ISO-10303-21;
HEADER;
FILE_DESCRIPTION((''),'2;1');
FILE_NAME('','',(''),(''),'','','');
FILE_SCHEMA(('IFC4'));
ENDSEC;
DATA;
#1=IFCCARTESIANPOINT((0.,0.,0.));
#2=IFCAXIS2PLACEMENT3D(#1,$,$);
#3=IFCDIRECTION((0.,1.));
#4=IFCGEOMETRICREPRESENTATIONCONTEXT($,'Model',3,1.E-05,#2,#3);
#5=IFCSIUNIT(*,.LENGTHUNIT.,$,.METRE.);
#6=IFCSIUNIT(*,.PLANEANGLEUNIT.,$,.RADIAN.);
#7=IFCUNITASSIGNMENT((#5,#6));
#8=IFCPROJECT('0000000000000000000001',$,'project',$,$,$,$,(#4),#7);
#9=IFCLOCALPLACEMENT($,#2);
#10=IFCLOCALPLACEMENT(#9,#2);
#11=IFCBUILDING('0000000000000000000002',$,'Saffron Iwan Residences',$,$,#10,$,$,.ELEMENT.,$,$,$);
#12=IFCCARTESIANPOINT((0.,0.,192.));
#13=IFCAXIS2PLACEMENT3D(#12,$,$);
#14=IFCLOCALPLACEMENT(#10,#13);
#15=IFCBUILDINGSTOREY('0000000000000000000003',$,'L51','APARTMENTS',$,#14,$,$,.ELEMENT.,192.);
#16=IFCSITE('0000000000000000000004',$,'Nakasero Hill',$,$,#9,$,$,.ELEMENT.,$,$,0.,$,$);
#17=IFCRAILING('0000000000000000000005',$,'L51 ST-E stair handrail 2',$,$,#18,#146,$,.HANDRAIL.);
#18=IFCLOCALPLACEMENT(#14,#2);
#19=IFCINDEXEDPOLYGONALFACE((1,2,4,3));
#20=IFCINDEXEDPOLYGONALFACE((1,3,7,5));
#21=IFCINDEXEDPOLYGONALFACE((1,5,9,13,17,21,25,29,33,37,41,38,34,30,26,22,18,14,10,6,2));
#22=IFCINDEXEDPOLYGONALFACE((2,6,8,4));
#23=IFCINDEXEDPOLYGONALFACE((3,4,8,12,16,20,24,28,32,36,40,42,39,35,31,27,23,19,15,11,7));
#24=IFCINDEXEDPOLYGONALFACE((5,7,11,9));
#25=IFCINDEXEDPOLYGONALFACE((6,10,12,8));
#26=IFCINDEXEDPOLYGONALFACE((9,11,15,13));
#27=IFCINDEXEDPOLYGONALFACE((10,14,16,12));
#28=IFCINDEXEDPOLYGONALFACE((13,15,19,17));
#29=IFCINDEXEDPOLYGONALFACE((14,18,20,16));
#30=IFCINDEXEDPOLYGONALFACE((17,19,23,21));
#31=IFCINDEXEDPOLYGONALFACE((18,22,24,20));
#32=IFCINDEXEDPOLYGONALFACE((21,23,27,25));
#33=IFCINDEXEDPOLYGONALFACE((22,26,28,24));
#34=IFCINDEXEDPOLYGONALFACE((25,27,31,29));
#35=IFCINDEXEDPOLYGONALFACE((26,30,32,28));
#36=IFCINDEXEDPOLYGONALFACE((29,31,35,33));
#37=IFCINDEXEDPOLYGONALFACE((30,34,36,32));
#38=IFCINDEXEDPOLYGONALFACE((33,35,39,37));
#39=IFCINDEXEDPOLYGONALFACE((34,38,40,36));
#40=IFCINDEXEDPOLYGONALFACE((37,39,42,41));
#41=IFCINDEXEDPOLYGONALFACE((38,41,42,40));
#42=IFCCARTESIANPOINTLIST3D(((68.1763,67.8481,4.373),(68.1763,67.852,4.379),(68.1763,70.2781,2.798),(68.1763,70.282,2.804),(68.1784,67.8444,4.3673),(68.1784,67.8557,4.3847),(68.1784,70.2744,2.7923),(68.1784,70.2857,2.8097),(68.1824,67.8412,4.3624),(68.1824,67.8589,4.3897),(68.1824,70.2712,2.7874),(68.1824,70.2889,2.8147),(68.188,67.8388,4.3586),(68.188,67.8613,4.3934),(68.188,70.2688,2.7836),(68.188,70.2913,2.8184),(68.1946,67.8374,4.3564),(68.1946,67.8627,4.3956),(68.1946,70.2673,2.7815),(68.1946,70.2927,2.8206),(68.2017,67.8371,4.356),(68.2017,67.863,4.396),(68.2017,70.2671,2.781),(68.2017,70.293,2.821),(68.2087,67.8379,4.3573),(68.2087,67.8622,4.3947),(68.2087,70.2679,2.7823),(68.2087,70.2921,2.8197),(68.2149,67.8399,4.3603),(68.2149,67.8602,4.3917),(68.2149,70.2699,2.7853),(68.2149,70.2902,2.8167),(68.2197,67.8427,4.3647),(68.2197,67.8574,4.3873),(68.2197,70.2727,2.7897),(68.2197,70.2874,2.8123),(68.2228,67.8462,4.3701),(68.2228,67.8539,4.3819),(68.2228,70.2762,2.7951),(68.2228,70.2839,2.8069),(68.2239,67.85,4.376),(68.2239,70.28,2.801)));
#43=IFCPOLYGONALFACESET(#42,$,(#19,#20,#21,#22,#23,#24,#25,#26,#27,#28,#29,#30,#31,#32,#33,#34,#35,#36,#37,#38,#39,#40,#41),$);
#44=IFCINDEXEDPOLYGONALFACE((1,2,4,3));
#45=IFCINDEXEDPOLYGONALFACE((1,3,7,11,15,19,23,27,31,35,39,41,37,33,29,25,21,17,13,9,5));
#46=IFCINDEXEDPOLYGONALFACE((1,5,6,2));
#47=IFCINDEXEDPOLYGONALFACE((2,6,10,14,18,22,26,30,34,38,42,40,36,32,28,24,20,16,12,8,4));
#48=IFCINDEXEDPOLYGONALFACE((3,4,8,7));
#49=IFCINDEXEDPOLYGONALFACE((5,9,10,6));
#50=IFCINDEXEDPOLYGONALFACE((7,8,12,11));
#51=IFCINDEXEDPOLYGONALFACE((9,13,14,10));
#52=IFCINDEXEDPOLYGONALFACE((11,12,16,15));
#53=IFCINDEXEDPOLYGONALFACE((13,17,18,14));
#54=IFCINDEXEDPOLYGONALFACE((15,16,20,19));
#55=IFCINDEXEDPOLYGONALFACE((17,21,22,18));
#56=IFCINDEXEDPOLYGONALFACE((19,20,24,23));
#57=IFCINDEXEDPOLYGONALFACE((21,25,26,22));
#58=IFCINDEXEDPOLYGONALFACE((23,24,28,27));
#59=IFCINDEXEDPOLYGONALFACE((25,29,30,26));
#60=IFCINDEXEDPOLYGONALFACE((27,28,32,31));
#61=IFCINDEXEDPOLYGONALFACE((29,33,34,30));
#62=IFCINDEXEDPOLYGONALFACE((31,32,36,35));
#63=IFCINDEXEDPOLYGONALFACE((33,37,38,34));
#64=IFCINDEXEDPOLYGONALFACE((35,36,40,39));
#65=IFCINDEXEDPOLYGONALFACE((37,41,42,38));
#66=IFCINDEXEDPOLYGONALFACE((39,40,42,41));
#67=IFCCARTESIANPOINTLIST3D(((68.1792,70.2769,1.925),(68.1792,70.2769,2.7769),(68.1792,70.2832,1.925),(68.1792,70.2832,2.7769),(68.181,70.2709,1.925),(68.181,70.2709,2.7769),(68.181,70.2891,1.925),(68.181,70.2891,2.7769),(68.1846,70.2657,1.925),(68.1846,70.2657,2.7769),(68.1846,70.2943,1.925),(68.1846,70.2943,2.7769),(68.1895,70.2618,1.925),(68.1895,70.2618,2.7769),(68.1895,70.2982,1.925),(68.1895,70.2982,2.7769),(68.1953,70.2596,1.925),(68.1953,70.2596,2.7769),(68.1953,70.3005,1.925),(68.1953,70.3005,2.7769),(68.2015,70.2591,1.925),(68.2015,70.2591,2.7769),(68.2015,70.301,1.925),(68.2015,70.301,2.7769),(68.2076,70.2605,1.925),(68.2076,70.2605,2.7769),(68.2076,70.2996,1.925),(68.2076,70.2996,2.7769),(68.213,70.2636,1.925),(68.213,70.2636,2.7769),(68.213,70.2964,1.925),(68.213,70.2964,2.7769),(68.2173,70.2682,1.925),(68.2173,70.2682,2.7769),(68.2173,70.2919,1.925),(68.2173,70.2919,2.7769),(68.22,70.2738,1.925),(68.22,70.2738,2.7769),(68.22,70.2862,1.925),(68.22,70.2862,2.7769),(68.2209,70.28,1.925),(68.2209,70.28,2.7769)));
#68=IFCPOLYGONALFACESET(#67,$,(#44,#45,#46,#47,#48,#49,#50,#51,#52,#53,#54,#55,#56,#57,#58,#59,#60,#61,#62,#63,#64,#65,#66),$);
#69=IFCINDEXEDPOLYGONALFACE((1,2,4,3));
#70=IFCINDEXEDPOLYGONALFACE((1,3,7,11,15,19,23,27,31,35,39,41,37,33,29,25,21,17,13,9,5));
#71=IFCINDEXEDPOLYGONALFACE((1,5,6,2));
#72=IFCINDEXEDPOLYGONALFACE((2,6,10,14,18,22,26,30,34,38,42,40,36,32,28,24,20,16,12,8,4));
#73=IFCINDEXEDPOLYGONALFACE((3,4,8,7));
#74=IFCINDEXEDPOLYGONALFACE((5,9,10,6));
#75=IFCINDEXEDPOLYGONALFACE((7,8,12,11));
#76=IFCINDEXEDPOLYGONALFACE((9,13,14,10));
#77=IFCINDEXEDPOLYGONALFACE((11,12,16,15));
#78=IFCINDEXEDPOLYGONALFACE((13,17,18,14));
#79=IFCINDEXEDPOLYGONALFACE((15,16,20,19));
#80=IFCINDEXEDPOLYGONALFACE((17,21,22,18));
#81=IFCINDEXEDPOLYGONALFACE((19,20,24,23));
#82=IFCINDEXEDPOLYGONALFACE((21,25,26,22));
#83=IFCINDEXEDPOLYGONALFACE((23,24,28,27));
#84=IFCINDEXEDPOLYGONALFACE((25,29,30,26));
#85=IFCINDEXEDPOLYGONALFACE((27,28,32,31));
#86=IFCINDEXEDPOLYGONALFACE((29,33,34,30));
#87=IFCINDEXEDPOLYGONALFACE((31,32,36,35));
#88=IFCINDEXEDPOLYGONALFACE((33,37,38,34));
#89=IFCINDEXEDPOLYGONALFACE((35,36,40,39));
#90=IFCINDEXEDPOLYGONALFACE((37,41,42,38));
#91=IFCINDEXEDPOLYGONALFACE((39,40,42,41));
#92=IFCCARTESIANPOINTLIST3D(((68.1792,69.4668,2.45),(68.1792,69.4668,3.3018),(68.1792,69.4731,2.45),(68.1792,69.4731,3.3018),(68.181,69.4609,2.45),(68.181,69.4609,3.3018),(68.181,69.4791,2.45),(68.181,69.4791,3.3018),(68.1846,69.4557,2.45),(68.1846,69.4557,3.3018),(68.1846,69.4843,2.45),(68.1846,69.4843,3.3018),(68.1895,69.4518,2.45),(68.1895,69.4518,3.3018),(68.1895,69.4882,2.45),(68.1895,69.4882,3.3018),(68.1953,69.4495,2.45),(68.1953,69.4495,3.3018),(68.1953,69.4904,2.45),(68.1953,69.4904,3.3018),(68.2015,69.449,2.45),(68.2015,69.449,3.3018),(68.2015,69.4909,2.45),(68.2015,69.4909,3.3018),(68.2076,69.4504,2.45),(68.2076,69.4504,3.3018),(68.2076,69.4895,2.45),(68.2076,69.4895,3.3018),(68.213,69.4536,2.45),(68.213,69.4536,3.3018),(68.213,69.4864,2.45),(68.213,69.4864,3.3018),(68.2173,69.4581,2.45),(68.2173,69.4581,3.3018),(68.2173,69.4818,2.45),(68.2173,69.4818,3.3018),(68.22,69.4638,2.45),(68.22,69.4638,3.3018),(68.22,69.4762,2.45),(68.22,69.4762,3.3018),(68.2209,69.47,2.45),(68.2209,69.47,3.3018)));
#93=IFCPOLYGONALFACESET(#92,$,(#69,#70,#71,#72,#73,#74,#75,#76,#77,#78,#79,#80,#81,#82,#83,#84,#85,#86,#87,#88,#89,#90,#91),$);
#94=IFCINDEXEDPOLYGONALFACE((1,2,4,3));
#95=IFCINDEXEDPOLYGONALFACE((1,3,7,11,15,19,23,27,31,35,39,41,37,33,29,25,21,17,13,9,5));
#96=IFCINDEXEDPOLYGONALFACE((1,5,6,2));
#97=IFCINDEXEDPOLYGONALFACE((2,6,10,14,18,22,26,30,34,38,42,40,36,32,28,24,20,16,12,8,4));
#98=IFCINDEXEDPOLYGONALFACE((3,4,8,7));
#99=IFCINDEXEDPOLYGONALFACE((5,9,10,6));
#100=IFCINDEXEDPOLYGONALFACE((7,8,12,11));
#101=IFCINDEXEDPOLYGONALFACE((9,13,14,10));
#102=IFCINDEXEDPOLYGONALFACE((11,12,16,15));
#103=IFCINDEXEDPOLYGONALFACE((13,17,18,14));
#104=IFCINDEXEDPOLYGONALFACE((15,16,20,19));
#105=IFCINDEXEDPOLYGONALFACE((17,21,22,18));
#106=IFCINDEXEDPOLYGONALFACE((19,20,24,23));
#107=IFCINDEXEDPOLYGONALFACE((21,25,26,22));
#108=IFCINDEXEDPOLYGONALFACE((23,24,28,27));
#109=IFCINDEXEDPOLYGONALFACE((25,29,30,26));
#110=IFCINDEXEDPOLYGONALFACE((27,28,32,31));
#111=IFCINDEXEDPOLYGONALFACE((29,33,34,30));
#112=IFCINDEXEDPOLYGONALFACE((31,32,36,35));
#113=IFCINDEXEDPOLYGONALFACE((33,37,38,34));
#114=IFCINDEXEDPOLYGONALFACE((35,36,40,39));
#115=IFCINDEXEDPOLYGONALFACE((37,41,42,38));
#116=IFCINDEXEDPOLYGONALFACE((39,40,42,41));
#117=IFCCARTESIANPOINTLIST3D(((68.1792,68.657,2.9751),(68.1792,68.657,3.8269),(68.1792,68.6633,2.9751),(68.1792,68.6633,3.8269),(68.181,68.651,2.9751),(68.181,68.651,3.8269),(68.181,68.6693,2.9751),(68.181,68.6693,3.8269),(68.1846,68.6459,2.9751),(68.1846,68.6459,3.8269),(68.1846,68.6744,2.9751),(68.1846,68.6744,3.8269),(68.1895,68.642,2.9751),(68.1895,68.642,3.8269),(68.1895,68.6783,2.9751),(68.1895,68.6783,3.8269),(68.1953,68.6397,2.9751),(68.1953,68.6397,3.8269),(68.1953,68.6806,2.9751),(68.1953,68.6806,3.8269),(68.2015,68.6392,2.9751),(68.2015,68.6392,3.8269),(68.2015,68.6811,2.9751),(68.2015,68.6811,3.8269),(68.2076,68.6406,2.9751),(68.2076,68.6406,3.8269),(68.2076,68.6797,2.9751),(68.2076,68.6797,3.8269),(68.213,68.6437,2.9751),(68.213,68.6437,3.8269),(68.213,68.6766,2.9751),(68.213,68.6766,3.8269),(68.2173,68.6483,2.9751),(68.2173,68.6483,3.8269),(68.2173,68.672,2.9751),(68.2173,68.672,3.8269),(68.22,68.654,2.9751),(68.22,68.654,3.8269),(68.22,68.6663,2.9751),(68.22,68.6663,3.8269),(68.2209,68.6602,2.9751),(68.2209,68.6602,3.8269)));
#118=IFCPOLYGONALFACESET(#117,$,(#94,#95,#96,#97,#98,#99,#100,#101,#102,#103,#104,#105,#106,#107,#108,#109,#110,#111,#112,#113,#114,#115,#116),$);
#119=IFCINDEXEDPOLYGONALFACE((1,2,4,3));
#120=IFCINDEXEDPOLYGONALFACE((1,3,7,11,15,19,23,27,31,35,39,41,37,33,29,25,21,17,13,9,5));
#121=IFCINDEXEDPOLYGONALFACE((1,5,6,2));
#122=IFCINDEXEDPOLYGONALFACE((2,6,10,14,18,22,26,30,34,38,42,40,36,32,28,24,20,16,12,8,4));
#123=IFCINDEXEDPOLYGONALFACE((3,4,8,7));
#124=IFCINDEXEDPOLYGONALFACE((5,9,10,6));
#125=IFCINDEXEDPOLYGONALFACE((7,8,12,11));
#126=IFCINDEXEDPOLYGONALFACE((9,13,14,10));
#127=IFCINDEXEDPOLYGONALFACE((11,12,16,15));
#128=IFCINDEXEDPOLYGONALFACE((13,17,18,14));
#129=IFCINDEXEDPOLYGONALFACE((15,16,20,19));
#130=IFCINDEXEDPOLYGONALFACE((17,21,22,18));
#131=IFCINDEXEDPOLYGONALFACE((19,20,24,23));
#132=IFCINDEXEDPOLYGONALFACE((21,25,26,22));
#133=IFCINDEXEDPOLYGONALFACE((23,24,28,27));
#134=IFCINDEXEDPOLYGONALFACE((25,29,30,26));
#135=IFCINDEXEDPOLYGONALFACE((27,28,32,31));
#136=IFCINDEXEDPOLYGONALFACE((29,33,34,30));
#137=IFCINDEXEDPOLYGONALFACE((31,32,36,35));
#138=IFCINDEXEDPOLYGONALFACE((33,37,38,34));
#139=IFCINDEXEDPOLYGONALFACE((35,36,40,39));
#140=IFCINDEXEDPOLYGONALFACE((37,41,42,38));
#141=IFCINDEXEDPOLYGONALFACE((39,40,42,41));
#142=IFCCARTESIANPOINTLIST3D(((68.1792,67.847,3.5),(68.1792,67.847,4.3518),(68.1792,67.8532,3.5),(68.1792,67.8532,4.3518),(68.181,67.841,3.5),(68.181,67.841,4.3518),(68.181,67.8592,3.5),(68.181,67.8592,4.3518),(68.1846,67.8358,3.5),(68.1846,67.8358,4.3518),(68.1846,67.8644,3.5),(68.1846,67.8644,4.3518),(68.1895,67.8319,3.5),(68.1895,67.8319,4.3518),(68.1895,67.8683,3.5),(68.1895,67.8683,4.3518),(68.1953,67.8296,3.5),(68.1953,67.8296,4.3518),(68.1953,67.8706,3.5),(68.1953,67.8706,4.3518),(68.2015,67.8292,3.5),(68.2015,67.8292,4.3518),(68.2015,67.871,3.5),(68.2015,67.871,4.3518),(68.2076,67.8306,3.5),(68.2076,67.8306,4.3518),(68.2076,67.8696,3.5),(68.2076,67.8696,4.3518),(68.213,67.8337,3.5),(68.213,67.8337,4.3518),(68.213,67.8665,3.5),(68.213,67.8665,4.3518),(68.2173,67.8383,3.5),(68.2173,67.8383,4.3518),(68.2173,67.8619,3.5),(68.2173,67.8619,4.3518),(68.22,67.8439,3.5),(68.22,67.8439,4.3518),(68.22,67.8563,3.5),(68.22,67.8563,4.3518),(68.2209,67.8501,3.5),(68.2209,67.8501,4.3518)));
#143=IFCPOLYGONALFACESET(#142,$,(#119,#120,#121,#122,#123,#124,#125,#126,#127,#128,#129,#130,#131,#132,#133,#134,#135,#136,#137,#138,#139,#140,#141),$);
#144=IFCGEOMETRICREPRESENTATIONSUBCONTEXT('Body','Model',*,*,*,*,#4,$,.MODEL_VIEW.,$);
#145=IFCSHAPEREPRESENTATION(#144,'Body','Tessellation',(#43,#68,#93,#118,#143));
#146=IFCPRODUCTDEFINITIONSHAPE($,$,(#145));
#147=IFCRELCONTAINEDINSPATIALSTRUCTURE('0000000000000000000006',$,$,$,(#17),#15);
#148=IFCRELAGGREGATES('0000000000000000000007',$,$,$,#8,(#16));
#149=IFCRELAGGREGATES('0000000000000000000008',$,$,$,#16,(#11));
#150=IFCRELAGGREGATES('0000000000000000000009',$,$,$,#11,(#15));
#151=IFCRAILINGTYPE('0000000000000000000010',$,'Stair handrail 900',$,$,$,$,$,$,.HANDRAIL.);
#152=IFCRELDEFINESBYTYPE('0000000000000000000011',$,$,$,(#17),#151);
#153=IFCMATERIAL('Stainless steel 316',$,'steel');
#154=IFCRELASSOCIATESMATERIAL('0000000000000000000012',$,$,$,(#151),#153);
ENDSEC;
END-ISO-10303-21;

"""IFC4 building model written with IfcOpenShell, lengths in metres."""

from ifc_helpers import new_model, si_unit, direction, frame, origin, origin_2d, place, context, subcontext, project, spatial, circle, extrude, material, type_object, element, save


model = new_model("IFC4")

# Units and contexts
model_context = context("Model", 3, precision=1e-05, world=origin(), true_north=direction((0.0, 1.0)))
body_context = subcontext(model_context, "Body", "Model", "MODEL_VIEW")
ifc_project = project(units=[si_unit("LENGTHUNIT", "METRE"), si_unit("PLANEANGLEUNIT", "RADIAN")], contexts=[model_context])

# Site, building, storey
site_placement = place(None, origin())
site = spatial("IfcSite", under=ifc_project, at=site_placement, Name="Nakasero Hill", CompositionType="ELEMENT", RefElevation=0.0)
building_placement = place(site_placement, origin())
building = spatial("IfcBuilding", under=site, at=building_placement, Name="Saffron Iwan Residences", CompositionType="ELEMENT")
storey_placement = place(building_placement, frame((0.0, 0.0, 192.0)))
storey = spatial("IfcBuildingStorey", under=building, at=storey_placement, Name="L51", Description="APARTMENTS", CompositionType="ELEMENT", Elevation=192.0)

# Railing
ifc_material_1 = material(Name="Stainless steel 316", Category="steel")
railing_type_1 = type_object("IfcRailingType", Name="Stair handrail 900", PredefinedType="HANDRAIL", material=ifc_material_1)
railing_1_placement = place(storey_placement, frame((68.2, 70.28, 1.925)))
element("IfcRailing", 1, at=railing_1_placement, inside=storey, type_object=railing_type_1, Name="L51 ST-E stair handrail 2", PredefinedType="HANDRAIL", context=body_context, shape_type="SweptSolid", body=[
    extrude(circle(Radius=0.0239, at=origin_2d()), frame((0.0, 0.0, 0.876), z_axis=(0.0, -0.839154, 0.543894), x_axis=(1.0, 0.0, 0.0)), (0.0, 0.0, 1.0), 2.8958),
    extrude(circle(Radius=0.021, at=origin_2d()), origin(), (0.0, 0.0, 1.0), 0.8518),
    extrude(circle(Radius=0.021, at=origin_2d()), frame((0.0, -0.8101, 0.5249)), (0.0, 0.0, 1.0), 0.8518),
    extrude(circle(Radius=0.021, at=origin_2d()), frame((0.0, -1.6199, 1.05)), (0.0, 0.0, 1.0), 0.8518),
    extrude(circle(Radius=0.021, at=origin_2d()), frame((0.0, -2.4299, 1.575)), (0.0, 0.0, 1.0), 0.8518),
])

save(model, "model.ifc")
